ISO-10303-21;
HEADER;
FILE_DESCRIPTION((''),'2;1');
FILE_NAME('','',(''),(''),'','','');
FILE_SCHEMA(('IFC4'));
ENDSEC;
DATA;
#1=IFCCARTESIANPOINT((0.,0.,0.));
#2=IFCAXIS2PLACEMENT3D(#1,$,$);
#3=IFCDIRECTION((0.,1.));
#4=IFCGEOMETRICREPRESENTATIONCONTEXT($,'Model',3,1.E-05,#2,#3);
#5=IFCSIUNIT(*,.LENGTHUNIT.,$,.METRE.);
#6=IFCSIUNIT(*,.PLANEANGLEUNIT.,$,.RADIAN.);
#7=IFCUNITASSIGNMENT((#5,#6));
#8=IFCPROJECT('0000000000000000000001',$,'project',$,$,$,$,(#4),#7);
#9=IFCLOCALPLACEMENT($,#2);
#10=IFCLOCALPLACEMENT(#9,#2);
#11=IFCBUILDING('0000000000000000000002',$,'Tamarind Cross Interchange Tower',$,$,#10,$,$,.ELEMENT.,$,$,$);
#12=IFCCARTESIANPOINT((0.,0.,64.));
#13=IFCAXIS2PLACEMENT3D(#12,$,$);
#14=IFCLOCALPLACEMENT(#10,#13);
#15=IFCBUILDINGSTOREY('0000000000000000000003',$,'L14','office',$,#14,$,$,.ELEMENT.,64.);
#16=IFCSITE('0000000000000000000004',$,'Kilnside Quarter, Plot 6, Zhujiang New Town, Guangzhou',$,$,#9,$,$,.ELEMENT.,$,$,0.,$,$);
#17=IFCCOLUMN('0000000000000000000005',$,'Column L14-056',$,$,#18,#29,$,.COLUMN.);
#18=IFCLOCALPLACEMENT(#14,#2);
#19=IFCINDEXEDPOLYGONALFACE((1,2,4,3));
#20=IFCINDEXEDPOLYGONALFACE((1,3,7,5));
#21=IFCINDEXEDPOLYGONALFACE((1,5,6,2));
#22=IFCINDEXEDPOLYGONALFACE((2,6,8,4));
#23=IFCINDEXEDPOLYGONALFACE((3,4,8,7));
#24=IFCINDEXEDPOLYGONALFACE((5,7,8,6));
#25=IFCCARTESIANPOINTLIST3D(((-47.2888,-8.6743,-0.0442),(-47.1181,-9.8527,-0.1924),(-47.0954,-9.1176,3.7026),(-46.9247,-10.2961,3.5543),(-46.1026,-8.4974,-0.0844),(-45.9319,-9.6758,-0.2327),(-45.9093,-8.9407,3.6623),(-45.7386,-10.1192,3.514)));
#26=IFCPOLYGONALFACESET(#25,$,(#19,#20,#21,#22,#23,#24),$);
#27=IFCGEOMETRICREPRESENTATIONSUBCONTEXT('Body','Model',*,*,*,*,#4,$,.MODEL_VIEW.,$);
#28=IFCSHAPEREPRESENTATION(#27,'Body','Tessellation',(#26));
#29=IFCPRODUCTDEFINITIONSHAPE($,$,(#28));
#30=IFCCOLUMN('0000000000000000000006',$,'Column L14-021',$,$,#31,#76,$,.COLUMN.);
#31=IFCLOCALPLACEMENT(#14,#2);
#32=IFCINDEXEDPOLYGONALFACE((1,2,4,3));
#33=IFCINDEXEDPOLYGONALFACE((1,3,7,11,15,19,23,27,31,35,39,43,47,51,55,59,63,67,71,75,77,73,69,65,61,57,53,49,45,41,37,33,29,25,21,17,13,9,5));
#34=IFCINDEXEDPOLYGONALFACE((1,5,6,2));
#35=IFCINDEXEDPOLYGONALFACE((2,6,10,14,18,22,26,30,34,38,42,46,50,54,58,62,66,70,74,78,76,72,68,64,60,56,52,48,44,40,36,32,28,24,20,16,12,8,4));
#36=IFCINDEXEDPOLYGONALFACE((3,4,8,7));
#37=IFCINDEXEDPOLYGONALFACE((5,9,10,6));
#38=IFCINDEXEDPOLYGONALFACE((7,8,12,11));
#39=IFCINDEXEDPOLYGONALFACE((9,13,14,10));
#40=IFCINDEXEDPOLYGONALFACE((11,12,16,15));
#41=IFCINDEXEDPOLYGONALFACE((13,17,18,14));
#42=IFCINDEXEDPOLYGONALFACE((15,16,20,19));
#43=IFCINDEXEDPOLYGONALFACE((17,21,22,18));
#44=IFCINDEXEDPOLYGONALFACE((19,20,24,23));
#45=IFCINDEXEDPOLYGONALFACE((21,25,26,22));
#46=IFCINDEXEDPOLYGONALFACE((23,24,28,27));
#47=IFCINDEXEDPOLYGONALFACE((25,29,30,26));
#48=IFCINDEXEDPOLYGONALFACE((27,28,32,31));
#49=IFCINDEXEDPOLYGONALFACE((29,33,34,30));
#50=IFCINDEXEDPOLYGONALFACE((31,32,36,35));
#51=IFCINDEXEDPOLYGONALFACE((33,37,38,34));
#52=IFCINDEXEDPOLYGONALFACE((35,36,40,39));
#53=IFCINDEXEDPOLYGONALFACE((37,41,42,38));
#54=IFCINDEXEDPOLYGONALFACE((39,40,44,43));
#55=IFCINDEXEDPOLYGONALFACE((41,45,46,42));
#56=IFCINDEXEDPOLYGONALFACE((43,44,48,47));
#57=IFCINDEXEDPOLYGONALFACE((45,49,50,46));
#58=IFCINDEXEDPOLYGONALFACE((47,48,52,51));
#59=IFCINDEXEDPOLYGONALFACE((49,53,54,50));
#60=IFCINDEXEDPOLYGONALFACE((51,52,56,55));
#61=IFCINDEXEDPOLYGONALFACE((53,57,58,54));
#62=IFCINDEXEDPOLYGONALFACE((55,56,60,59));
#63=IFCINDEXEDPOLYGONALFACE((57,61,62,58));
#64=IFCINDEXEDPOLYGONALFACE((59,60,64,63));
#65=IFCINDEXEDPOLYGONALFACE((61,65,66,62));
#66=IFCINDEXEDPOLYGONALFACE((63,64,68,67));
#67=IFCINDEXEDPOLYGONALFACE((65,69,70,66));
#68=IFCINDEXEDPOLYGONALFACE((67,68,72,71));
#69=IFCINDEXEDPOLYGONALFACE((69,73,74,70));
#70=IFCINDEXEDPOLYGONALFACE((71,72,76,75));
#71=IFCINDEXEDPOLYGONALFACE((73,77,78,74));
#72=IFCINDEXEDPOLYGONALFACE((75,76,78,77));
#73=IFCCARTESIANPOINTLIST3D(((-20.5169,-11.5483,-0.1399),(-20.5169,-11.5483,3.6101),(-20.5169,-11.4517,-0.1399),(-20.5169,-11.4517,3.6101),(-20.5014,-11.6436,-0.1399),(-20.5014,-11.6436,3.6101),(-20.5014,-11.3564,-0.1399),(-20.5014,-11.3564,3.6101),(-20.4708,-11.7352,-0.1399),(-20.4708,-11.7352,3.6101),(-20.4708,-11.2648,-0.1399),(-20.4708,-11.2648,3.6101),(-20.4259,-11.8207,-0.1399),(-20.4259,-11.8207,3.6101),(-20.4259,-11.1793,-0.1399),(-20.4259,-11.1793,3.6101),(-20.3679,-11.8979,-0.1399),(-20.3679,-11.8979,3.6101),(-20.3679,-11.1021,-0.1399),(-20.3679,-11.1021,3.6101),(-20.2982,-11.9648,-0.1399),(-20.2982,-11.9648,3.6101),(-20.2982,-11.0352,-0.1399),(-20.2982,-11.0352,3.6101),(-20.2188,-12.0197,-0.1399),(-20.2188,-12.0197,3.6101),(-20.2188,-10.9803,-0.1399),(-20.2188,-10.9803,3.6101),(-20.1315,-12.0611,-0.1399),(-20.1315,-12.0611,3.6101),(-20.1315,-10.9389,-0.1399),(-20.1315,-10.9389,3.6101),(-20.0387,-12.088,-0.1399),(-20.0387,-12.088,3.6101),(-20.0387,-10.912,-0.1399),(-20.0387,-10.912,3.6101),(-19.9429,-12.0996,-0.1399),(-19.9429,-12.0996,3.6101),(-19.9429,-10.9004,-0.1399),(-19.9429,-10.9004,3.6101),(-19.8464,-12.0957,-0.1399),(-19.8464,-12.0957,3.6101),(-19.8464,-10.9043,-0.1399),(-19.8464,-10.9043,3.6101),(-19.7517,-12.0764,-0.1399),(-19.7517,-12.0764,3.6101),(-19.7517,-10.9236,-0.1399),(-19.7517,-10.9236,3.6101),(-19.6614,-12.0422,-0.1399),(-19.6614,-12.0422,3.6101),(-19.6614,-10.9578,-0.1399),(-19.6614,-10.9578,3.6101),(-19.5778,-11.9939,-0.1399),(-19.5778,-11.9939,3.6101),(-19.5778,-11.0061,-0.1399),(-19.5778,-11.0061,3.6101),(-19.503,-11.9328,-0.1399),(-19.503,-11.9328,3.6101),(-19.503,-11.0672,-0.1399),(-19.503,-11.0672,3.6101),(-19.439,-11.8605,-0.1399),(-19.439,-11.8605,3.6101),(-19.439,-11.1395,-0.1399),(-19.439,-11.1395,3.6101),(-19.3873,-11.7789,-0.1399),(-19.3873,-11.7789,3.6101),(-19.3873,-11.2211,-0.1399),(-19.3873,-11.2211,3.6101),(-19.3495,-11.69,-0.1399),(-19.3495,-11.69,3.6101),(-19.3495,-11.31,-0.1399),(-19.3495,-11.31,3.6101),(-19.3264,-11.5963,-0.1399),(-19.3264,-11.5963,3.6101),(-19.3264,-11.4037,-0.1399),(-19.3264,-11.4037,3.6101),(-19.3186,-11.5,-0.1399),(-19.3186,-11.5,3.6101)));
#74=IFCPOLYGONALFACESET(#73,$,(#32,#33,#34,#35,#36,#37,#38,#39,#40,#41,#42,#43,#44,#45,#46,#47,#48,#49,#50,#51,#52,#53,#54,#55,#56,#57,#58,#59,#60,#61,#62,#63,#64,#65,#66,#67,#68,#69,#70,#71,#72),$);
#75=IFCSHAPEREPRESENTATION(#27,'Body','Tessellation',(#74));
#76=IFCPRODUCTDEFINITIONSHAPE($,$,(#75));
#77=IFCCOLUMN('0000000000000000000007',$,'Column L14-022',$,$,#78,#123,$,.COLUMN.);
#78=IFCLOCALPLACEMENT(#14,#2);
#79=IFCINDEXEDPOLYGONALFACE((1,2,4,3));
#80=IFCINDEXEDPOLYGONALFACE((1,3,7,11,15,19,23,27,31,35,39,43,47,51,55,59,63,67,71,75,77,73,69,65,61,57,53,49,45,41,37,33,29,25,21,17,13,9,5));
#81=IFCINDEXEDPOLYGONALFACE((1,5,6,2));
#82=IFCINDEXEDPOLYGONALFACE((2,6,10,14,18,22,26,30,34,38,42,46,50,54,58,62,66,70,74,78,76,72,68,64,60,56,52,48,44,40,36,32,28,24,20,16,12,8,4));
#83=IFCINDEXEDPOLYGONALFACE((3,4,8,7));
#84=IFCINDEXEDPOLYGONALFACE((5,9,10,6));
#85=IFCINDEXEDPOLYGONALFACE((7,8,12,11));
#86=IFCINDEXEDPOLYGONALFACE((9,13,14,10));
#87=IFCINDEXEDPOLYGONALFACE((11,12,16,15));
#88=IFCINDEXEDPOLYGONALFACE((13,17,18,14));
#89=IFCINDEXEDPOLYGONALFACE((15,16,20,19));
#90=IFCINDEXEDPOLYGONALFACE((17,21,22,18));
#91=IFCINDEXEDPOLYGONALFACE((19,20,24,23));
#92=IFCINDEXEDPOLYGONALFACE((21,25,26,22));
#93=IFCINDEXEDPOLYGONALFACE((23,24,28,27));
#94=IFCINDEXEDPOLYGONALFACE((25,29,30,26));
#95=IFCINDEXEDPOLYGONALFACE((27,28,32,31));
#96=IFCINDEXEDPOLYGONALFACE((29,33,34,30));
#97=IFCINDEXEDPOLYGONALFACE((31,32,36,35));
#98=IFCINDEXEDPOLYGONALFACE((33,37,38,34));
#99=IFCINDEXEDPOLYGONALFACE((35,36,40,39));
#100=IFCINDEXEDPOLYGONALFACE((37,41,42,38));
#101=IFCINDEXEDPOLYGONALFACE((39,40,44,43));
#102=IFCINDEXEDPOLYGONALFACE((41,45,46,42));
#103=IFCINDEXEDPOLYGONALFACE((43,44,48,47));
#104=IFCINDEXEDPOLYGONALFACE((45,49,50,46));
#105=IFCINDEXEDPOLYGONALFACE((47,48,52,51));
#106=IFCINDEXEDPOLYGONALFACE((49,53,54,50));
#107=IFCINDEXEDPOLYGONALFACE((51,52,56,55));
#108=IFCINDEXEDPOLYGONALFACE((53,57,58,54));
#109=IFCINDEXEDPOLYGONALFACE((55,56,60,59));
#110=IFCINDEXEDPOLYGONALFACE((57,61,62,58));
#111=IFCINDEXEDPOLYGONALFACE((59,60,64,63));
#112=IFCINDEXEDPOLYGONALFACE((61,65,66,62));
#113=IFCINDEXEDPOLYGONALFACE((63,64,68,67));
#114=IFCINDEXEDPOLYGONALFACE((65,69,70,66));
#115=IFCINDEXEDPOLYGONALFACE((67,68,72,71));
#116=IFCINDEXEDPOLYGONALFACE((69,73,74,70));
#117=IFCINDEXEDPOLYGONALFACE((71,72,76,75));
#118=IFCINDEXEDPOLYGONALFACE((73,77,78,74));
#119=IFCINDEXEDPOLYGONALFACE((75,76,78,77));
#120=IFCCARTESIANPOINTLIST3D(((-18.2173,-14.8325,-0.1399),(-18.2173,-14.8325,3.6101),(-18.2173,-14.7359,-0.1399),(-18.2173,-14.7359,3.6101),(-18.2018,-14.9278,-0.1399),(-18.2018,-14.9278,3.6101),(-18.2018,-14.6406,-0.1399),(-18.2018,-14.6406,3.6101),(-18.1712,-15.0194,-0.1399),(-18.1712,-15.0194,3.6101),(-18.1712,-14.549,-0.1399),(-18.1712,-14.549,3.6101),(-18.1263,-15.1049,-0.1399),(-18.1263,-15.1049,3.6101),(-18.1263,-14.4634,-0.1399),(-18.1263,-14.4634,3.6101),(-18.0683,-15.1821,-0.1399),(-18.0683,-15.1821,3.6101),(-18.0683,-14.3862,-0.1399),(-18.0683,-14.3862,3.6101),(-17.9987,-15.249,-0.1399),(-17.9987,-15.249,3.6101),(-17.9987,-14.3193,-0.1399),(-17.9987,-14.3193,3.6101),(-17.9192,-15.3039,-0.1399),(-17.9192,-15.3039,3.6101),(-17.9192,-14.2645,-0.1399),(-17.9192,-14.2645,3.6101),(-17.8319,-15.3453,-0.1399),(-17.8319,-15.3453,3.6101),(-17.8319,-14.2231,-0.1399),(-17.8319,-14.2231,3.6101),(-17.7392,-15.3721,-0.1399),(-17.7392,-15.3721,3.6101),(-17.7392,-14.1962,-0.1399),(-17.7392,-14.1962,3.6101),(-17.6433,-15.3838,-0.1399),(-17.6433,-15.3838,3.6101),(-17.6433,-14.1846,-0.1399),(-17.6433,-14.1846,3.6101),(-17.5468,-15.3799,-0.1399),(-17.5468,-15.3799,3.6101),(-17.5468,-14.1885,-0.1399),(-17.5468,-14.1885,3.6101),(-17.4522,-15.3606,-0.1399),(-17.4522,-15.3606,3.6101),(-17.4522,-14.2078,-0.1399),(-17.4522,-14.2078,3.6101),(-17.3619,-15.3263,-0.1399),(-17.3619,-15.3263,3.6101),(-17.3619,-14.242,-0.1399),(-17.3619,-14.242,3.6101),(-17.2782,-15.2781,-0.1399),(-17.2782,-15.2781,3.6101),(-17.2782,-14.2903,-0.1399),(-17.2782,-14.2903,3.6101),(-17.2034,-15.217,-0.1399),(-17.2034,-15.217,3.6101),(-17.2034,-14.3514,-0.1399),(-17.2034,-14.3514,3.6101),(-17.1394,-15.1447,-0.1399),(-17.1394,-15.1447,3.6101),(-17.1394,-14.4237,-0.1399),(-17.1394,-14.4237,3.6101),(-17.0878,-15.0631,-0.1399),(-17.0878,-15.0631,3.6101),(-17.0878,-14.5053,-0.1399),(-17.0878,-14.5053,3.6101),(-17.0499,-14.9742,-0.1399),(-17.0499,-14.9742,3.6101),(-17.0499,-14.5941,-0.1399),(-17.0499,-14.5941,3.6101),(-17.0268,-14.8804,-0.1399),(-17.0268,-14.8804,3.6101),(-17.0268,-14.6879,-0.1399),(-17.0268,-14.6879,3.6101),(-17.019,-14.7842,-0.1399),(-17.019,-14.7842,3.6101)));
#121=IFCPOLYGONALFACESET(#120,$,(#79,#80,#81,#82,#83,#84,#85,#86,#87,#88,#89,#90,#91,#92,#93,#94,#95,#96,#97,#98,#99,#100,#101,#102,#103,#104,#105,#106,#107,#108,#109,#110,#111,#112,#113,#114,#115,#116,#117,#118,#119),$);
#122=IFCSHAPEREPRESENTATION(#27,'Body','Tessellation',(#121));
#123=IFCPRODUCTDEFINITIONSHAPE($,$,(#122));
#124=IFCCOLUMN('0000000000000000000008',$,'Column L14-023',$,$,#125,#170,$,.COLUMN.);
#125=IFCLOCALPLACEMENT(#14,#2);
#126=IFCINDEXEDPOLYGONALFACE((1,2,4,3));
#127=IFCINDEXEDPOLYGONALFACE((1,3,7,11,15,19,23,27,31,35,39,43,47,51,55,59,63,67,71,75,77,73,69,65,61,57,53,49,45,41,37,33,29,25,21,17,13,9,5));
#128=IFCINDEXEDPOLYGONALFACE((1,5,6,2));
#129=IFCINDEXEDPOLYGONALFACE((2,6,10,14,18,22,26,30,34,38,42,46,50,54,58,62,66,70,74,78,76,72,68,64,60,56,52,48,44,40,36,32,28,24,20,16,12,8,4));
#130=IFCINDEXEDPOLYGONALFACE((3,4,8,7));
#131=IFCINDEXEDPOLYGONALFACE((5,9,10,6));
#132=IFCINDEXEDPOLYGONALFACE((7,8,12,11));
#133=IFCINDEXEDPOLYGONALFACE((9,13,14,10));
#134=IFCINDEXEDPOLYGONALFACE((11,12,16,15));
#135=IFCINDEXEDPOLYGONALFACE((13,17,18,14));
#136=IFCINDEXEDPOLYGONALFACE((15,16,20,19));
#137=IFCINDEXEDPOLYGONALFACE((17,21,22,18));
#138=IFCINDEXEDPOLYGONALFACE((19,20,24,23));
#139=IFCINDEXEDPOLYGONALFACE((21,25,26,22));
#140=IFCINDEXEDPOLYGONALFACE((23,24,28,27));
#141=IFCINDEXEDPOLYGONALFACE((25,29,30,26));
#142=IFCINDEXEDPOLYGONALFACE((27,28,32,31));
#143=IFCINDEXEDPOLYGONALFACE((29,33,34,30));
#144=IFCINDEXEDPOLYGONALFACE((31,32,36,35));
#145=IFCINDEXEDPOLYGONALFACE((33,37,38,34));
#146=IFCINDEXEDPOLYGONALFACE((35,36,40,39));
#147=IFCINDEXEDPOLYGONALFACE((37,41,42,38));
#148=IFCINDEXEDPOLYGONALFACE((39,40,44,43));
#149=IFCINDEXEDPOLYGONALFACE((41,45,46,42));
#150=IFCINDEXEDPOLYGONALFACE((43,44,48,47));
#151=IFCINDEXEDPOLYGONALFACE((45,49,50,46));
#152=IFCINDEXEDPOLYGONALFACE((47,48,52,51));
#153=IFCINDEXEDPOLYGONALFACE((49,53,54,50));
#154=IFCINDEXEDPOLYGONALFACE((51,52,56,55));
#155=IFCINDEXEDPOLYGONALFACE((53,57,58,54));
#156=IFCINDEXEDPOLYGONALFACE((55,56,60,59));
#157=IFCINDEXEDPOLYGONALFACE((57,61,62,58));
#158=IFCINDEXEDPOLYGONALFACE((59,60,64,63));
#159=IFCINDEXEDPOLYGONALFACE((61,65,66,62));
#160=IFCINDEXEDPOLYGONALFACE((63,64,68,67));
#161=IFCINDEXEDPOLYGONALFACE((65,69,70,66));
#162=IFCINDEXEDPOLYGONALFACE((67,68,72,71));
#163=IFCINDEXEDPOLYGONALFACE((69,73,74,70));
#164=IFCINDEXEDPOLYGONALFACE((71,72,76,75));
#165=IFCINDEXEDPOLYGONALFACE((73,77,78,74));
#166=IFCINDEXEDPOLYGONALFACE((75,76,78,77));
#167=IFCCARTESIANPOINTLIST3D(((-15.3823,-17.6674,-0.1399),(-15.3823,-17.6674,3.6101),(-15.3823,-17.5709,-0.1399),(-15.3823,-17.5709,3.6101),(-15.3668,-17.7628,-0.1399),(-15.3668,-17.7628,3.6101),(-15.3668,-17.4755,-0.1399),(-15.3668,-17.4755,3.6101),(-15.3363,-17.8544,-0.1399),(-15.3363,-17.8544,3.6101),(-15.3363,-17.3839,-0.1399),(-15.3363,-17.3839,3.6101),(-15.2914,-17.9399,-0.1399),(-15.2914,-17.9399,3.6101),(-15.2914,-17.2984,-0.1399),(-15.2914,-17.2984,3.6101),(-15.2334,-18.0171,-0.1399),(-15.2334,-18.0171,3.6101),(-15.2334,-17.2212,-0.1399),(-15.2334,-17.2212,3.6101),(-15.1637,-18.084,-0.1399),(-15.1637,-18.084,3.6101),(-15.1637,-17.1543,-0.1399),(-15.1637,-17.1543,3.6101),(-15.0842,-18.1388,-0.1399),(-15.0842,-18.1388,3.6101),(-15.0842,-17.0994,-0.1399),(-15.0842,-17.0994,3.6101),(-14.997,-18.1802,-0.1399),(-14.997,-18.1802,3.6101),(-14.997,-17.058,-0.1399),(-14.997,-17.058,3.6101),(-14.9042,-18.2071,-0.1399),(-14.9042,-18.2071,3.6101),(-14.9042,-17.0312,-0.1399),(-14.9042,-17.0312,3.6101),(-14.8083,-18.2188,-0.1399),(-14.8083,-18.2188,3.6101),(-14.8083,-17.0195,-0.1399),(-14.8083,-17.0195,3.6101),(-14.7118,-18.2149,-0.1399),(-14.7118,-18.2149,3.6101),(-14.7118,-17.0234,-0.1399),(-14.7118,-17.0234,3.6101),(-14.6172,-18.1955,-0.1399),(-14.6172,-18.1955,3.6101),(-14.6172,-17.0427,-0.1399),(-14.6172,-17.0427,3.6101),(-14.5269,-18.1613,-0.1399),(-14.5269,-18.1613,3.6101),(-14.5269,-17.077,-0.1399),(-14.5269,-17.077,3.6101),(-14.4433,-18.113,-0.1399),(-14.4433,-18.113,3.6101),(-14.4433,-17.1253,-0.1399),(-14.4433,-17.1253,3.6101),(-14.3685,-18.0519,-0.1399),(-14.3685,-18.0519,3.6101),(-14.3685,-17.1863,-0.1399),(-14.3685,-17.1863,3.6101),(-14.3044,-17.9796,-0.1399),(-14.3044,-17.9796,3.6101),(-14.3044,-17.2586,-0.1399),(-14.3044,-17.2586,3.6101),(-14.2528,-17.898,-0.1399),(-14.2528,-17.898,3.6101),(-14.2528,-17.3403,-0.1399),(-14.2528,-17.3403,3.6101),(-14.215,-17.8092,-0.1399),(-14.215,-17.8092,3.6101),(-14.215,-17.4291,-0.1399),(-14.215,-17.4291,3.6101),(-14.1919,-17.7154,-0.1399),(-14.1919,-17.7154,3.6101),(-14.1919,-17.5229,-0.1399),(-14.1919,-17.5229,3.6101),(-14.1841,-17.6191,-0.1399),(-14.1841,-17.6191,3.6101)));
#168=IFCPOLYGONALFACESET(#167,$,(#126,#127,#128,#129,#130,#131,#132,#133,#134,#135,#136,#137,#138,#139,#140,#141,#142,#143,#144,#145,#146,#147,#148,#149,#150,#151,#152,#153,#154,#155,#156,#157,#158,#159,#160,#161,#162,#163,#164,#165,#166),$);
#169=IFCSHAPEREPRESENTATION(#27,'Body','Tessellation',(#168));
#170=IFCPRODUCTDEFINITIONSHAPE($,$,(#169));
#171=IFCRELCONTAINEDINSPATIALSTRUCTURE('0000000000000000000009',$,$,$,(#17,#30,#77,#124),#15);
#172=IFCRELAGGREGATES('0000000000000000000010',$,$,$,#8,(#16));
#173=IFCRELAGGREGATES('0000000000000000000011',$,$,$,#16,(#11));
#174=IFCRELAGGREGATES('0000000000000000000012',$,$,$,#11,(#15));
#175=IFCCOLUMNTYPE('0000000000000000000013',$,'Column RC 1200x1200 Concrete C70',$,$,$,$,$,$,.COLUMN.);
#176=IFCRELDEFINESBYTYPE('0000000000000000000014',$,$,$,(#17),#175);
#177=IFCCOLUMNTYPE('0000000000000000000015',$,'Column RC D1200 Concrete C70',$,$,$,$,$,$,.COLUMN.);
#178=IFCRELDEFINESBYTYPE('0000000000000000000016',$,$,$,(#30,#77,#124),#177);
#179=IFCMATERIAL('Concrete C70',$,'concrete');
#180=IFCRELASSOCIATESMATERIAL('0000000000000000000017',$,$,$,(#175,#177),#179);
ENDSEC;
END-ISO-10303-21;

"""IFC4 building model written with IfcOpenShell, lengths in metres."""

from ifc_helpers import new_model, si_unit, direction, frame, origin, origin_2d, place, context, subcontext, project, spatial, rectangle, circle, extrude, material, material_profile, profile_set, type_object, element, save


model = new_model("IFC4")

# Units and contexts
model_context = context("Model", 3, precision=1e-05, world=origin(), true_north=direction((0.0, 1.0)))
body_context = subcontext(model_context, "Body", "Model", "MODEL_VIEW")
ifc_project = project(units=[si_unit("LENGTHUNIT", "METRE"), si_unit("PLANEANGLEUNIT", "RADIAN")], contexts=[model_context])

# Site, building, storey
site_placement = place(None, origin())
site = spatial("IfcSite", under=ifc_project, at=site_placement, Name="Kilnside Quarter, Plot 6, Zhujiang New Town, Guangzhou", CompositionType="ELEMENT", RefElevation=0.0)
building_placement = place(site_placement, origin())
building = spatial("IfcBuilding", under=site, at=building_placement, Name="Tamarind Cross Interchange Tower", CompositionType="ELEMENT")
storey_placement = place(building_placement, frame((0.0, 0.0, 64.0)))
storey = spatial("IfcBuildingStorey", under=building, at=storey_placement, Name="L14", Description="office", CompositionType="ELEMENT", Elevation=64.0)

# Columns
ifc_material_1 = material(Name="Concrete C70", Category="concrete")
ifc_material_profile_1 = material_profile(ifc_material_1, rectangle(XDim=1.2, YDim=1.2, at=origin_2d()), Name="RC 1200x1200")
ifc_profile_set_1 = profile_set([ifc_material_profile_1], Name="Concrete C70")
column_type_1 = type_object("IfcColumnType", Name="Column RC 1200x1200 Concrete C70", PredefinedType="COLUMN", material=ifc_profile_set_1)
column_placement = place(storey_placement, frame((-46.6104, -9.175, -0.1384), z_axis=(0.051181, -0.117355, 0.99177), x_axis=(-0.14227, 0.982087, 0.123552)))
element("IfcColumn", 1, at=column_placement, inside=storey, type_object=column_type_1, Name="Column L14-056", PredefinedType="COLUMN", context=body_context, shape_type="SweptSolid", body=[
    extrude(rectangle(XDim=1.2, YDim=1.2, at=origin_2d()), origin(), (0.0, 0.0, 1.0), 3.7778),
])
ifc_material_profile_2 = material_profile(ifc_material_1, circle(Radius=0.6001, at=origin_2d()), Name="RC D1200")
ifc_profile_set_2 = profile_set([ifc_material_profile_2], Name="Concrete C70")
column_type_2 = type_object("IfcColumnType", Name="Column RC D1200 Concrete C70", PredefinedType="COLUMN", material=ifc_profile_set_2)
for number, where, z_axis, x_axis, name in (
    (2, (-19.9187, -11.5, -0.1399), (0.0, 0.0, 1.0), (1.0, 0.0, 0.0), "Column L14-021"),
    (3, (-17.6191, -14.7842, -0.1399), (0.0, 0.0, 1.0), (1.0, 0.0, 0.0), "Column L14-022"),
    (4, (-14.7842, -17.6191, -0.1399), (0.0, 0.0, 1.0), (1.0, 0.0, 0.0), "Column L14-023"),
):
    element("IfcColumn", number, at=place(storey_placement, frame(where, z_axis=z_axis, x_axis=x_axis)), inside=storey, type_object=column_type_2, Name=name, PredefinedType="COLUMN", context=body_context, shape_type="SweptSolid", body=[
        extrude(circle(Radius=0.6001, at=origin_2d()), origin(), (0.0, 0.0, 1.0), 3.75),
    ])

save(model, "model.ifc")
